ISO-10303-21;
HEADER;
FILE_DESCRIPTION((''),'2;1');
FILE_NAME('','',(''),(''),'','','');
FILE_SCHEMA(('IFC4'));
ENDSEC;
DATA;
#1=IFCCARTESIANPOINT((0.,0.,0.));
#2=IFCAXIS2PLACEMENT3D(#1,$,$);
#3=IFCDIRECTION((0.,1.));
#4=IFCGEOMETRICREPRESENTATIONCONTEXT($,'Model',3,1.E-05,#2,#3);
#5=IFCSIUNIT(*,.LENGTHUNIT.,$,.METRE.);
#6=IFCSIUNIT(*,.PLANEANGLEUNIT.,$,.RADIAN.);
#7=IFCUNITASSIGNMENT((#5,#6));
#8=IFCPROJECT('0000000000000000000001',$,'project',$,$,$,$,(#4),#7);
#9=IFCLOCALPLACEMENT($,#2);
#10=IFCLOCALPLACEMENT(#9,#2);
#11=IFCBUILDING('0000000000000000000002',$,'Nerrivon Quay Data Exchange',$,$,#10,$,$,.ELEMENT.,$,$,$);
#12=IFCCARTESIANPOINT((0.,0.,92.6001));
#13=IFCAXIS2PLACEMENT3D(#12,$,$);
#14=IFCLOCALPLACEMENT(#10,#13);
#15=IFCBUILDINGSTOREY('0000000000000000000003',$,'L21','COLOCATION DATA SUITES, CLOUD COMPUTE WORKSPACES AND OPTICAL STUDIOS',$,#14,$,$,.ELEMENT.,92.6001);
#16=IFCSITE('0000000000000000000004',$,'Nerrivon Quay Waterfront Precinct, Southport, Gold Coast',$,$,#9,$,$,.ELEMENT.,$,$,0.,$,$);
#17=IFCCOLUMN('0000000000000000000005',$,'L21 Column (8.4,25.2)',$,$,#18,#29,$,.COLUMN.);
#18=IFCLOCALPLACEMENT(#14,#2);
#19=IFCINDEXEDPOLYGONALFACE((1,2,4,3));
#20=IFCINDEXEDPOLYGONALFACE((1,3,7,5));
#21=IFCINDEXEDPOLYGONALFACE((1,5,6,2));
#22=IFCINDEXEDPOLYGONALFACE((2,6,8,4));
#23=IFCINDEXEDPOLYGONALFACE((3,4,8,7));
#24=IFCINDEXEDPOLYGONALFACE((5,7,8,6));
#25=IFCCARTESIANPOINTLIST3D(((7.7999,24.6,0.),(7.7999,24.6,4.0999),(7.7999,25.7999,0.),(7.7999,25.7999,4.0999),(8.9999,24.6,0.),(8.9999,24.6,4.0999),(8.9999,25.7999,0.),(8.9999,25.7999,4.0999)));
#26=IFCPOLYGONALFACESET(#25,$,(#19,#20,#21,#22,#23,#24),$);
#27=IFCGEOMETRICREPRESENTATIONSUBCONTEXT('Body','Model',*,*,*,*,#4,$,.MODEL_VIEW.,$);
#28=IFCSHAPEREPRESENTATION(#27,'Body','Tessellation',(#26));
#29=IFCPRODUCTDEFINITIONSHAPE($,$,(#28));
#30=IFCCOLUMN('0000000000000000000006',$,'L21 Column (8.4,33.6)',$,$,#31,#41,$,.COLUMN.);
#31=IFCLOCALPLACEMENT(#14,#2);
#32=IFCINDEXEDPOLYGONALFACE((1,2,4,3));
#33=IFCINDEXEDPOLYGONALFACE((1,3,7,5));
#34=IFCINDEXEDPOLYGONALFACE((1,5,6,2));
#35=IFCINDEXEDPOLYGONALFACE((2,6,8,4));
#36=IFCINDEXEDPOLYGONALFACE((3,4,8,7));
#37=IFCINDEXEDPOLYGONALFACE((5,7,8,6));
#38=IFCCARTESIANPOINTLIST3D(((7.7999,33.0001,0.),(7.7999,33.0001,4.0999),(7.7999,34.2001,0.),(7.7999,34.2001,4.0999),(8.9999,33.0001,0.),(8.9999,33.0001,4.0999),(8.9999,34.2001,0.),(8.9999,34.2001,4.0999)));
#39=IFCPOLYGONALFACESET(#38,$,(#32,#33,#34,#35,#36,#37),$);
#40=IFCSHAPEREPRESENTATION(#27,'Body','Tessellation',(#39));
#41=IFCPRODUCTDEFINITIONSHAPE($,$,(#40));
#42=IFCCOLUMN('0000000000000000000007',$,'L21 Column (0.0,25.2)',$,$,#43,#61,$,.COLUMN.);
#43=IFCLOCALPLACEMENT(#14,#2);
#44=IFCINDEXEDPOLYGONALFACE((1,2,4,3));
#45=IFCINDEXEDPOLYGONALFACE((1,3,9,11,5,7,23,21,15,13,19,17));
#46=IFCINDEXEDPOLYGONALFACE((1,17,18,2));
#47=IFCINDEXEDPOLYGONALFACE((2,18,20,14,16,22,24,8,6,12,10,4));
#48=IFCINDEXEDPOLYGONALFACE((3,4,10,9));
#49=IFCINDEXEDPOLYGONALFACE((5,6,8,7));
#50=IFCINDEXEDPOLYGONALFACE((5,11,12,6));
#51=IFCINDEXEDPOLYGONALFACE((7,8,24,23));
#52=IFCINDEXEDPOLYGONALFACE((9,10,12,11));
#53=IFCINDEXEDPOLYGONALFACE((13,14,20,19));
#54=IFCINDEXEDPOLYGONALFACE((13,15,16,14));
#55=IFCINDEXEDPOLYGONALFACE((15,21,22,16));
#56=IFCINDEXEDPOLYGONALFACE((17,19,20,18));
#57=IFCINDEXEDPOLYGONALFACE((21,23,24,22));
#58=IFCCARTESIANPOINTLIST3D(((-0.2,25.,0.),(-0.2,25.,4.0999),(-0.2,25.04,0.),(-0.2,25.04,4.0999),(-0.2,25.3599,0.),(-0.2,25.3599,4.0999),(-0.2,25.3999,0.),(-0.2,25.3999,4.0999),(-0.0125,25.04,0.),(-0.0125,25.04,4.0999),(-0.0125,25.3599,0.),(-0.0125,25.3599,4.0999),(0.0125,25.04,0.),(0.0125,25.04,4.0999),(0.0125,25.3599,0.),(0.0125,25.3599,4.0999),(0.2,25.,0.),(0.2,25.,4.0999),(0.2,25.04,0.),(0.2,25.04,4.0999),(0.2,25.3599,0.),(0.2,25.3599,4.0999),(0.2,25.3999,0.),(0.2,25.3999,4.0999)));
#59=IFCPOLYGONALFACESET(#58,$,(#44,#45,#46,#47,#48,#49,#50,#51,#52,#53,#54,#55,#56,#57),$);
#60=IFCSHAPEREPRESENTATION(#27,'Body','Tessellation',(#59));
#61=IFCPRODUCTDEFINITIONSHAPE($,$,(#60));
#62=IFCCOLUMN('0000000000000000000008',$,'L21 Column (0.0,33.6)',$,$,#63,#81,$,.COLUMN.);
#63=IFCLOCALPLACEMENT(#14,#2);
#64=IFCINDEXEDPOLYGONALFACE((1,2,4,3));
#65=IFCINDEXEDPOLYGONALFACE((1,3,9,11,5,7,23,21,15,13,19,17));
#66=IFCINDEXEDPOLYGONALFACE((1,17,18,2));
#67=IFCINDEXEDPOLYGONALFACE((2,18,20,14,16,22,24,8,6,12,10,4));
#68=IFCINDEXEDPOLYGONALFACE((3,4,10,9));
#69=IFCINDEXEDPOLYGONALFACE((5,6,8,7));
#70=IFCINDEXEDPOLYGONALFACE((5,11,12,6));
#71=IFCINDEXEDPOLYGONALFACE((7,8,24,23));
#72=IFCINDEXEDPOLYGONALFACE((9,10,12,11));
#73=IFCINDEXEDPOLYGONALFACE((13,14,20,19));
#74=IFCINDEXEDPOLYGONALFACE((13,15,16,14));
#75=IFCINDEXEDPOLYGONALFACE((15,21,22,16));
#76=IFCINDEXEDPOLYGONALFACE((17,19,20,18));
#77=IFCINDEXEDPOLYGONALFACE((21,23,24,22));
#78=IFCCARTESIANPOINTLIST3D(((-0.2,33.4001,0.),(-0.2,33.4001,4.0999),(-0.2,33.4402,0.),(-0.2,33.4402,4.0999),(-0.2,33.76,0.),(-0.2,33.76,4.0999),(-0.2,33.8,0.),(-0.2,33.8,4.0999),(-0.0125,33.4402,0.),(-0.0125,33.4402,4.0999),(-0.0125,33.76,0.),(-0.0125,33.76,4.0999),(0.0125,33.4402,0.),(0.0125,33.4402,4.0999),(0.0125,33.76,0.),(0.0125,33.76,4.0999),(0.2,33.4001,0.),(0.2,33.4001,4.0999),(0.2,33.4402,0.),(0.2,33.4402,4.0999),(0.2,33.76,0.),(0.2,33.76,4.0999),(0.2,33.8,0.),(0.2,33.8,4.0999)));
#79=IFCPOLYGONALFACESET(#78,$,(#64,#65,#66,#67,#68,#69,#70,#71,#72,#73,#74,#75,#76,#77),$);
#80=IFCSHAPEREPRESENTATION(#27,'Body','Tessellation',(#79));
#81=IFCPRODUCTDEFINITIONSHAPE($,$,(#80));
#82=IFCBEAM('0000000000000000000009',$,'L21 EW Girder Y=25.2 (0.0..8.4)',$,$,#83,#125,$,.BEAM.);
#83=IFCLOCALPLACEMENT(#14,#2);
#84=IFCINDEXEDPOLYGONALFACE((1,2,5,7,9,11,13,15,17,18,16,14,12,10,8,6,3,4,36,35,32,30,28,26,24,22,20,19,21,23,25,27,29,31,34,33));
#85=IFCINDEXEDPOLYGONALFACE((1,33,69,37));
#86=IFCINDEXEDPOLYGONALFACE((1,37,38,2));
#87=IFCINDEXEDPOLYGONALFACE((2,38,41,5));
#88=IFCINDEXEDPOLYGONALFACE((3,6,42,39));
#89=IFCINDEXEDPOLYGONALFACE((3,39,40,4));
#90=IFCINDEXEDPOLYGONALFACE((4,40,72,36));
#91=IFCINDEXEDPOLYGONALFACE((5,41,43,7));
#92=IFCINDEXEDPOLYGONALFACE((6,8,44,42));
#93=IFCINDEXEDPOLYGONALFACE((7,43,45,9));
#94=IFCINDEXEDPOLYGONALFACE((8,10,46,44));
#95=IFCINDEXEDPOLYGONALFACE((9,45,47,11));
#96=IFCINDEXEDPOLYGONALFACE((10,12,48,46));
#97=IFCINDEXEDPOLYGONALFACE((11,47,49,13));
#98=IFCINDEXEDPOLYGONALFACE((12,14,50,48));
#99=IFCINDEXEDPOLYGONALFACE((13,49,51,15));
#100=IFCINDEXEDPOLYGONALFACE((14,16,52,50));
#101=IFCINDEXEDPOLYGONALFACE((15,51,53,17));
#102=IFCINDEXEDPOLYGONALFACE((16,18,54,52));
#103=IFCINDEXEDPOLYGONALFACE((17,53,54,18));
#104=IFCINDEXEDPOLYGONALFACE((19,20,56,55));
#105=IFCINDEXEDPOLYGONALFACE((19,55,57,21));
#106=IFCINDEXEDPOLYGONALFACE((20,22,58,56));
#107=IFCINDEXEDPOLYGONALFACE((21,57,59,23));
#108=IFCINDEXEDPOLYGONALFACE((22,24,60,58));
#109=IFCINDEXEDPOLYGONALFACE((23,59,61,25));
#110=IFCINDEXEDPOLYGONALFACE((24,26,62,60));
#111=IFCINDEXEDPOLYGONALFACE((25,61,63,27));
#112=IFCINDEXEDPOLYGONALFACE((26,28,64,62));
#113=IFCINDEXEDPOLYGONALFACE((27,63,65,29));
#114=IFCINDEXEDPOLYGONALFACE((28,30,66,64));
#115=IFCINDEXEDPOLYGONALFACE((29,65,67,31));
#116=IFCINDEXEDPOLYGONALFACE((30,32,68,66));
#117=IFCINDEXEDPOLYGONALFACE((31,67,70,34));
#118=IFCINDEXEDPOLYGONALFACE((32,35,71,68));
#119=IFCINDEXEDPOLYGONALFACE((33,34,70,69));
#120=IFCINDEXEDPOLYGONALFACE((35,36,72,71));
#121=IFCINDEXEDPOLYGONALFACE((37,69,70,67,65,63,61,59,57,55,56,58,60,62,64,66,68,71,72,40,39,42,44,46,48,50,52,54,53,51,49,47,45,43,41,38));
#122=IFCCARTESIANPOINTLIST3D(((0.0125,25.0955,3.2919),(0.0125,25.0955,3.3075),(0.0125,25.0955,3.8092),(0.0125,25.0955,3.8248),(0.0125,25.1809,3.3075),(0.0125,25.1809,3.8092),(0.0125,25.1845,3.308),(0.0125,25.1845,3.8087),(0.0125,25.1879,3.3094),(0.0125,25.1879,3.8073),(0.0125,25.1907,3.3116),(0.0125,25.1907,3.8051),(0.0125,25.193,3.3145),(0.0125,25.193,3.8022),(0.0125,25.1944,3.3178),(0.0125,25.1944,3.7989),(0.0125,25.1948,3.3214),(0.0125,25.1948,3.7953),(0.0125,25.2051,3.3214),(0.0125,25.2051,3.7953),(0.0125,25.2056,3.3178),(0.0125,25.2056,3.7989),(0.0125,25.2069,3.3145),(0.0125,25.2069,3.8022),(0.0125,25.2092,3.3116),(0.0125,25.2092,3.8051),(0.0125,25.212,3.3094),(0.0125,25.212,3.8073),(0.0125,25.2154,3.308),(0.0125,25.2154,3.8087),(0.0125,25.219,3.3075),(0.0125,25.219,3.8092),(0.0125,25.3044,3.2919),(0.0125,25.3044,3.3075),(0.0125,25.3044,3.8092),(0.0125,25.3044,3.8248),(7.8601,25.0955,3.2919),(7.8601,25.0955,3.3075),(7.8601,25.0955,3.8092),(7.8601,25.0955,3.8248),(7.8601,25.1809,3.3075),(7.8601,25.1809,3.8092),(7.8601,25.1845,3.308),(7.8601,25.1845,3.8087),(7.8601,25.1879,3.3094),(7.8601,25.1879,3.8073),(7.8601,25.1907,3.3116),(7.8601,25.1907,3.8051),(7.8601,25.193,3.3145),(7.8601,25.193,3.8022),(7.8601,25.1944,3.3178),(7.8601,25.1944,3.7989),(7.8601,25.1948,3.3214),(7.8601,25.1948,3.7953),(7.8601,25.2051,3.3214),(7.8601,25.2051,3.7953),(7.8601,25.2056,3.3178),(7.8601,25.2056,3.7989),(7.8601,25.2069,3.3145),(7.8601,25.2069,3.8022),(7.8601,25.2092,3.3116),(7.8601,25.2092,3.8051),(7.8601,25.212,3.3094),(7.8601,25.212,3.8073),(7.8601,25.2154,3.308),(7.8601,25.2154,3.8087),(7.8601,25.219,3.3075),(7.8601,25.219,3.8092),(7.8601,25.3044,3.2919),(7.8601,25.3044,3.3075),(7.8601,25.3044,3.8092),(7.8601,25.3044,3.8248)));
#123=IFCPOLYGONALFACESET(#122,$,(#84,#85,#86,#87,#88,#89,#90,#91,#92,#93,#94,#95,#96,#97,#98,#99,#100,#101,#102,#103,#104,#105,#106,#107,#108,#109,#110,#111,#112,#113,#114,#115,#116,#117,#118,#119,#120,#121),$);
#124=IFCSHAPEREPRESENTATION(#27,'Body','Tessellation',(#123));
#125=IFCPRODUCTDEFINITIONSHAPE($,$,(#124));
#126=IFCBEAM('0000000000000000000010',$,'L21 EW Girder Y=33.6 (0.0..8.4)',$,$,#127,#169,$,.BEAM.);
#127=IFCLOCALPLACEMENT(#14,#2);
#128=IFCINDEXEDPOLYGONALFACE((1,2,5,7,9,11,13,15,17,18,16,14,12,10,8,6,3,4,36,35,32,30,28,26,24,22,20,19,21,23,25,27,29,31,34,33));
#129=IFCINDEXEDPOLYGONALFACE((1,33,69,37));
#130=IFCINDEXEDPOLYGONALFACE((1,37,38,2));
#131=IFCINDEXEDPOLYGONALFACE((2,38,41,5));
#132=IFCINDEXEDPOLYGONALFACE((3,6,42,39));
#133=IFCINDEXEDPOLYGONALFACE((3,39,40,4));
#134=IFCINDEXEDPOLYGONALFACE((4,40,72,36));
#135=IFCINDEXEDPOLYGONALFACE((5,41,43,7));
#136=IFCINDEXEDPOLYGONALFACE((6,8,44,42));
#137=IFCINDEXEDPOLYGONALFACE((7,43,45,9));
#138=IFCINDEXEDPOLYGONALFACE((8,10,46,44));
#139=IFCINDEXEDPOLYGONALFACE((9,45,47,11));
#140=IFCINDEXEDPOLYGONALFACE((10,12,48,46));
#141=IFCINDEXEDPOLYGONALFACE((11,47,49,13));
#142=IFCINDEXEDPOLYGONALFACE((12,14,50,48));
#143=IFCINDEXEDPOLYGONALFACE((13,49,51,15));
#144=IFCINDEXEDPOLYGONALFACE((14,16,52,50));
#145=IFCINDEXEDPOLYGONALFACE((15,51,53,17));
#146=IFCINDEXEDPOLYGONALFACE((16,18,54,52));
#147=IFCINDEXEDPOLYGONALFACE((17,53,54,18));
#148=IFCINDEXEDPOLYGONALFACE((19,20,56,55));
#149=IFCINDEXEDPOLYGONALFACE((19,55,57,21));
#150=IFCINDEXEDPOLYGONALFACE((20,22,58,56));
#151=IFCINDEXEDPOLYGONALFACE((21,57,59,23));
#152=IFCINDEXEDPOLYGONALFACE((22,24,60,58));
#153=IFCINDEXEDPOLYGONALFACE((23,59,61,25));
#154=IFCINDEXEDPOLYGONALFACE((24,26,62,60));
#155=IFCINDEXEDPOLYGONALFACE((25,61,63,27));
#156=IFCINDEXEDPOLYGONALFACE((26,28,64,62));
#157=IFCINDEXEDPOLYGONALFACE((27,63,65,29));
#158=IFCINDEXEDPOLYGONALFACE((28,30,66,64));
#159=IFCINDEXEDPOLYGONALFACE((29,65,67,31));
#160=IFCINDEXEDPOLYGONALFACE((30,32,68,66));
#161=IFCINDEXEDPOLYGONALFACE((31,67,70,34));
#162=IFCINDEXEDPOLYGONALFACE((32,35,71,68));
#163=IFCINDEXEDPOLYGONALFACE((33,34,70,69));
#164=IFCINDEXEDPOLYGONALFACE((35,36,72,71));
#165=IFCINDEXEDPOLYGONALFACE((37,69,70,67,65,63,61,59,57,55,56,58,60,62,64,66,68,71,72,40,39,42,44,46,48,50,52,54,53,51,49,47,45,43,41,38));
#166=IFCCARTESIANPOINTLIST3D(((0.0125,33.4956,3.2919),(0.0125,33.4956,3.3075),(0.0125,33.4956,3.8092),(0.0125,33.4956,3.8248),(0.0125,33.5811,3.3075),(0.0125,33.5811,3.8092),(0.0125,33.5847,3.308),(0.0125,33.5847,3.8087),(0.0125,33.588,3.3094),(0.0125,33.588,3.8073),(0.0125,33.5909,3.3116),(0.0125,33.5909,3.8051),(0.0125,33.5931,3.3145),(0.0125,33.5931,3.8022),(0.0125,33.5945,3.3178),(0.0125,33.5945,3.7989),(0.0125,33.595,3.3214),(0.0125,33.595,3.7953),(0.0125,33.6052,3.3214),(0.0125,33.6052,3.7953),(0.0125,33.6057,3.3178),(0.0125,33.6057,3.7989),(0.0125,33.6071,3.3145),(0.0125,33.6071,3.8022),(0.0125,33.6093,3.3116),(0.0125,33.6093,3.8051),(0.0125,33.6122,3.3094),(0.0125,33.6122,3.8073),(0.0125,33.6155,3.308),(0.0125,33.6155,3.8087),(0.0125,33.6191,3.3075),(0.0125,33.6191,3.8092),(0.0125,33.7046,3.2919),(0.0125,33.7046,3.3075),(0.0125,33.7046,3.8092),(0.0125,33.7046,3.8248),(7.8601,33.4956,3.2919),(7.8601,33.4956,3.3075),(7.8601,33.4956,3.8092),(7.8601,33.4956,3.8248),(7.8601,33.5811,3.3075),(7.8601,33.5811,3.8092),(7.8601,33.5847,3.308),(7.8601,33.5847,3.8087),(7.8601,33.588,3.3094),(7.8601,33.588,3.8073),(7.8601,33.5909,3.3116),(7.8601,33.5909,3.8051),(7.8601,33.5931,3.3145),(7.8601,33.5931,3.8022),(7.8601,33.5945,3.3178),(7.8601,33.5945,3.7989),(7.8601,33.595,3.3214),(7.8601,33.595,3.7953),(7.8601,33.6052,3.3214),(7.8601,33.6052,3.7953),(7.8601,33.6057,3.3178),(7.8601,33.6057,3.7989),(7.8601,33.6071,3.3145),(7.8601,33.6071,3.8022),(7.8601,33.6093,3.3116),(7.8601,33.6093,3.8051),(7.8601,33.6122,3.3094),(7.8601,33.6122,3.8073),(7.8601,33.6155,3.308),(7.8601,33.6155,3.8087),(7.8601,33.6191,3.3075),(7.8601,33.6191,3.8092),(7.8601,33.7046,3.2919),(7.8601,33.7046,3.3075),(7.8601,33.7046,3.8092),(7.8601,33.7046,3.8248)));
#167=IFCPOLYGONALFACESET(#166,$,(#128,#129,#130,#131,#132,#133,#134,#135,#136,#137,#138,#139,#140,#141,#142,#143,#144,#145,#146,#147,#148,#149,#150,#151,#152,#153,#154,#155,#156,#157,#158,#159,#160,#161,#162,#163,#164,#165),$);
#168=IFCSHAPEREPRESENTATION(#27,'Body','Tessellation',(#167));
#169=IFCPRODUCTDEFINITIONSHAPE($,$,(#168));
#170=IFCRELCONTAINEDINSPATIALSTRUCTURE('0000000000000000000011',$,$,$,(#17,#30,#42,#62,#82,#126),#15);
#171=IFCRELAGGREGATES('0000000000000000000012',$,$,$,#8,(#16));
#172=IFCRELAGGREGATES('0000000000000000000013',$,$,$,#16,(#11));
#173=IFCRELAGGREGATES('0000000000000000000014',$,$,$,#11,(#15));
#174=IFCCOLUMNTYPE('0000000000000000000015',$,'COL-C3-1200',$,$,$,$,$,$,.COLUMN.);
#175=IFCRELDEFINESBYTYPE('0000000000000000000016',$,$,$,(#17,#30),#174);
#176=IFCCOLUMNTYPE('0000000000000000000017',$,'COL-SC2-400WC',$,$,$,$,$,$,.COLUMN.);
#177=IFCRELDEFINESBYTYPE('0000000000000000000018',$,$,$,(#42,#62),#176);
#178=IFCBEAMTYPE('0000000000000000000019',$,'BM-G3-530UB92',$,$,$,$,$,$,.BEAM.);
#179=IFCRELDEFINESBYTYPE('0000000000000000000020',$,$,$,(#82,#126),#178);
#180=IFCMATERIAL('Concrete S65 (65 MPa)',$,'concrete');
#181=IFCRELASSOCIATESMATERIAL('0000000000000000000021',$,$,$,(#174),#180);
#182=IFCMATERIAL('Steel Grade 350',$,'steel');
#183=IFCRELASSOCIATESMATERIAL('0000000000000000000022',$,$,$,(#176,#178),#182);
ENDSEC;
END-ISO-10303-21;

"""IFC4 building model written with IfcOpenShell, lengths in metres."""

from ifc_helpers import new_model, si_unit, direction, frame, origin, origin_2d, place, context, subcontext, project, spatial, rectangle, i_section, extrude, material, material_profile, profile_set, type_object, element, save


model = new_model("IFC4")

# Units and contexts
model_context = context("Model", 3, precision=1e-05, world=origin(), true_north=direction((0.0, 1.0)))
body_context = subcontext(model_context, "Body", "Model", "MODEL_VIEW")
ifc_project = project(units=[si_unit("LENGTHUNIT", "METRE"), si_unit("PLANEANGLEUNIT", "RADIAN")], contexts=[model_context])

# Site, building, storey
site_placement = place(None, origin())
site = spatial("IfcSite", under=ifc_project, at=site_placement, Name="Nerrivon Quay Waterfront Precinct, Southport, Gold Coast", CompositionType="ELEMENT", RefElevation=0.0)
building_placement = place(site_placement, origin())
building = spatial("IfcBuilding", under=site, at=building_placement, Name="Nerrivon Quay Data Exchange", CompositionType="ELEMENT")
storey_placement = place(building_placement, frame((0.0, 0.0, 92.6001)))
storey = spatial("IfcBuildingStorey", under=building, at=storey_placement, Name="L21", Description="COLOCATION DATA SUITES, CLOUD COMPUTE WORKSPACES AND OPTICAL STUDIOS", CompositionType="ELEMENT", Elevation=92.6001)

# Columns
ifc_material_1 = material(Name="Concrete S65 (65 MPa)", Category="concrete")
ifc_material_profile_1 = material_profile(ifc_material_1, rectangle(XDim=1.2, YDim=1.2, at=origin_2d()), Name="RC-COL-1200x1200")
ifc_profile_set_1 = profile_set([ifc_material_profile_1], Name="Concrete S65 (65 MPa)")
column_type_1 = type_object("IfcColumnType", Name="COL-C3-1200", PredefinedType="COLUMN", material=ifc_profile_set_1)
for number, where, z_axis, x_axis, name in (
    (1, (8.3999, 25.2, 0.0), (0.0, 0.0, 1.0), (1.0, 0.0, 0.0), "L21 Column (8.4,25.2)"),
    (2, (8.3999, 33.6001, 0.0), (0.0, 0.0, 1.0), (1.0, 0.0, 0.0), "L21 Column (8.4,33.6)"),
):
    element("IfcColumn", number, at=place(storey_placement, frame(where, z_axis=z_axis, x_axis=x_axis)), inside=storey, type_object=column_type_1, Name=name, PredefinedType="COLUMN", context=body_context, shape_type="SweptSolid", body=[
        extrude(rectangle(XDim=1.2, YDim=1.2, at=origin_2d()), origin(), (0.0, 0.0, 1.0), 4.0999),
    ])
ifc_material_2 = material(Name="Steel Grade 350", Category="steel")
ifc_material_profile_2 = material_profile(ifc_material_2, i_section(OverallWidth=0.3999, OverallDepth=0.3999, WebThickness=0.0249, FlangeThickness=0.04, at=origin_2d()), Name="400WC328")
ifc_profile_set_2 = profile_set([ifc_material_profile_2], Name="Steel Grade 350")
column_type_2 = type_object("IfcColumnType", Name="COL-SC2-400WC", PredefinedType="COLUMN", material=ifc_profile_set_2)
for number, where, z_axis, x_axis, name in (
    (3, (0.0, 25.2, 0.0), (0.0, 0.0, 1.0), (1.0, 0.0, 0.0), "L21 Column (0.0,25.2)"),
    (4, (0.0, 33.6001, 0.0), (0.0, 0.0, 1.0), (1.0, 0.0, 0.0), "L21 Column (0.0,33.6)"),
):
    element("IfcColumn", number, at=place(storey_placement, frame(where, z_axis=z_axis, x_axis=x_axis)), inside=storey, type_object=column_type_2, Name=name, PredefinedType="COLUMN", context=body_context, shape_type="SweptSolid", body=[
        extrude(i_section(OverallWidth=0.3999, OverallDepth=0.3999, WebThickness=0.0249, FlangeThickness=0.04, at=origin_2d()), origin(), (0.0, 0.0, 1.0), 4.0999),
    ])

# Beams
ifc_material_profile_3 = material_profile(ifc_material_2, i_section(OverallWidth=0.209, OverallDepth=0.533, WebThickness=0.0103, FlangeThickness=0.0156, FilletRadius=0.0139, at=origin_2d()), Name="530UB92.4")
ifc_profile_set_3 = profile_set([ifc_material_profile_3], Name="Steel Grade 350")
beam_type_1 = type_object("IfcBeamType", Name="BM-G3-530UB92", PredefinedType="BEAM", material=ifc_profile_set_3)
for number, where, z_axis, x_axis, name in (
    (5, (0.0125, 25.2, 3.5583), (1.0, 0.0, 0.0), (0.0, 1.0, 0.0), "L21 EW Girder Y=25.2 (0.0..8.4)"),
    (6, (0.0125, 33.6001, 3.5583), (1.0, 0.0, 0.0), (0.0, 1.0, 0.0), "L21 EW Girder Y=33.6 (0.0..8.4)"),
):
    element("IfcBeam", number, at=place(storey_placement, frame(where, z_axis=z_axis, x_axis=x_axis)), inside=storey, type_object=beam_type_1, Name=name, PredefinedType="BEAM", context=body_context, shape_type="SweptSolid", body=[
        extrude(i_section(OverallWidth=0.209, OverallDepth=0.533, WebThickness=0.0103, FlangeThickness=0.0156, FilletRadius=0.0139, at=origin_2d()), origin(), (0.0, 0.0, 1.0), 7.8477),
    ])

save(model, "model.ifc")
